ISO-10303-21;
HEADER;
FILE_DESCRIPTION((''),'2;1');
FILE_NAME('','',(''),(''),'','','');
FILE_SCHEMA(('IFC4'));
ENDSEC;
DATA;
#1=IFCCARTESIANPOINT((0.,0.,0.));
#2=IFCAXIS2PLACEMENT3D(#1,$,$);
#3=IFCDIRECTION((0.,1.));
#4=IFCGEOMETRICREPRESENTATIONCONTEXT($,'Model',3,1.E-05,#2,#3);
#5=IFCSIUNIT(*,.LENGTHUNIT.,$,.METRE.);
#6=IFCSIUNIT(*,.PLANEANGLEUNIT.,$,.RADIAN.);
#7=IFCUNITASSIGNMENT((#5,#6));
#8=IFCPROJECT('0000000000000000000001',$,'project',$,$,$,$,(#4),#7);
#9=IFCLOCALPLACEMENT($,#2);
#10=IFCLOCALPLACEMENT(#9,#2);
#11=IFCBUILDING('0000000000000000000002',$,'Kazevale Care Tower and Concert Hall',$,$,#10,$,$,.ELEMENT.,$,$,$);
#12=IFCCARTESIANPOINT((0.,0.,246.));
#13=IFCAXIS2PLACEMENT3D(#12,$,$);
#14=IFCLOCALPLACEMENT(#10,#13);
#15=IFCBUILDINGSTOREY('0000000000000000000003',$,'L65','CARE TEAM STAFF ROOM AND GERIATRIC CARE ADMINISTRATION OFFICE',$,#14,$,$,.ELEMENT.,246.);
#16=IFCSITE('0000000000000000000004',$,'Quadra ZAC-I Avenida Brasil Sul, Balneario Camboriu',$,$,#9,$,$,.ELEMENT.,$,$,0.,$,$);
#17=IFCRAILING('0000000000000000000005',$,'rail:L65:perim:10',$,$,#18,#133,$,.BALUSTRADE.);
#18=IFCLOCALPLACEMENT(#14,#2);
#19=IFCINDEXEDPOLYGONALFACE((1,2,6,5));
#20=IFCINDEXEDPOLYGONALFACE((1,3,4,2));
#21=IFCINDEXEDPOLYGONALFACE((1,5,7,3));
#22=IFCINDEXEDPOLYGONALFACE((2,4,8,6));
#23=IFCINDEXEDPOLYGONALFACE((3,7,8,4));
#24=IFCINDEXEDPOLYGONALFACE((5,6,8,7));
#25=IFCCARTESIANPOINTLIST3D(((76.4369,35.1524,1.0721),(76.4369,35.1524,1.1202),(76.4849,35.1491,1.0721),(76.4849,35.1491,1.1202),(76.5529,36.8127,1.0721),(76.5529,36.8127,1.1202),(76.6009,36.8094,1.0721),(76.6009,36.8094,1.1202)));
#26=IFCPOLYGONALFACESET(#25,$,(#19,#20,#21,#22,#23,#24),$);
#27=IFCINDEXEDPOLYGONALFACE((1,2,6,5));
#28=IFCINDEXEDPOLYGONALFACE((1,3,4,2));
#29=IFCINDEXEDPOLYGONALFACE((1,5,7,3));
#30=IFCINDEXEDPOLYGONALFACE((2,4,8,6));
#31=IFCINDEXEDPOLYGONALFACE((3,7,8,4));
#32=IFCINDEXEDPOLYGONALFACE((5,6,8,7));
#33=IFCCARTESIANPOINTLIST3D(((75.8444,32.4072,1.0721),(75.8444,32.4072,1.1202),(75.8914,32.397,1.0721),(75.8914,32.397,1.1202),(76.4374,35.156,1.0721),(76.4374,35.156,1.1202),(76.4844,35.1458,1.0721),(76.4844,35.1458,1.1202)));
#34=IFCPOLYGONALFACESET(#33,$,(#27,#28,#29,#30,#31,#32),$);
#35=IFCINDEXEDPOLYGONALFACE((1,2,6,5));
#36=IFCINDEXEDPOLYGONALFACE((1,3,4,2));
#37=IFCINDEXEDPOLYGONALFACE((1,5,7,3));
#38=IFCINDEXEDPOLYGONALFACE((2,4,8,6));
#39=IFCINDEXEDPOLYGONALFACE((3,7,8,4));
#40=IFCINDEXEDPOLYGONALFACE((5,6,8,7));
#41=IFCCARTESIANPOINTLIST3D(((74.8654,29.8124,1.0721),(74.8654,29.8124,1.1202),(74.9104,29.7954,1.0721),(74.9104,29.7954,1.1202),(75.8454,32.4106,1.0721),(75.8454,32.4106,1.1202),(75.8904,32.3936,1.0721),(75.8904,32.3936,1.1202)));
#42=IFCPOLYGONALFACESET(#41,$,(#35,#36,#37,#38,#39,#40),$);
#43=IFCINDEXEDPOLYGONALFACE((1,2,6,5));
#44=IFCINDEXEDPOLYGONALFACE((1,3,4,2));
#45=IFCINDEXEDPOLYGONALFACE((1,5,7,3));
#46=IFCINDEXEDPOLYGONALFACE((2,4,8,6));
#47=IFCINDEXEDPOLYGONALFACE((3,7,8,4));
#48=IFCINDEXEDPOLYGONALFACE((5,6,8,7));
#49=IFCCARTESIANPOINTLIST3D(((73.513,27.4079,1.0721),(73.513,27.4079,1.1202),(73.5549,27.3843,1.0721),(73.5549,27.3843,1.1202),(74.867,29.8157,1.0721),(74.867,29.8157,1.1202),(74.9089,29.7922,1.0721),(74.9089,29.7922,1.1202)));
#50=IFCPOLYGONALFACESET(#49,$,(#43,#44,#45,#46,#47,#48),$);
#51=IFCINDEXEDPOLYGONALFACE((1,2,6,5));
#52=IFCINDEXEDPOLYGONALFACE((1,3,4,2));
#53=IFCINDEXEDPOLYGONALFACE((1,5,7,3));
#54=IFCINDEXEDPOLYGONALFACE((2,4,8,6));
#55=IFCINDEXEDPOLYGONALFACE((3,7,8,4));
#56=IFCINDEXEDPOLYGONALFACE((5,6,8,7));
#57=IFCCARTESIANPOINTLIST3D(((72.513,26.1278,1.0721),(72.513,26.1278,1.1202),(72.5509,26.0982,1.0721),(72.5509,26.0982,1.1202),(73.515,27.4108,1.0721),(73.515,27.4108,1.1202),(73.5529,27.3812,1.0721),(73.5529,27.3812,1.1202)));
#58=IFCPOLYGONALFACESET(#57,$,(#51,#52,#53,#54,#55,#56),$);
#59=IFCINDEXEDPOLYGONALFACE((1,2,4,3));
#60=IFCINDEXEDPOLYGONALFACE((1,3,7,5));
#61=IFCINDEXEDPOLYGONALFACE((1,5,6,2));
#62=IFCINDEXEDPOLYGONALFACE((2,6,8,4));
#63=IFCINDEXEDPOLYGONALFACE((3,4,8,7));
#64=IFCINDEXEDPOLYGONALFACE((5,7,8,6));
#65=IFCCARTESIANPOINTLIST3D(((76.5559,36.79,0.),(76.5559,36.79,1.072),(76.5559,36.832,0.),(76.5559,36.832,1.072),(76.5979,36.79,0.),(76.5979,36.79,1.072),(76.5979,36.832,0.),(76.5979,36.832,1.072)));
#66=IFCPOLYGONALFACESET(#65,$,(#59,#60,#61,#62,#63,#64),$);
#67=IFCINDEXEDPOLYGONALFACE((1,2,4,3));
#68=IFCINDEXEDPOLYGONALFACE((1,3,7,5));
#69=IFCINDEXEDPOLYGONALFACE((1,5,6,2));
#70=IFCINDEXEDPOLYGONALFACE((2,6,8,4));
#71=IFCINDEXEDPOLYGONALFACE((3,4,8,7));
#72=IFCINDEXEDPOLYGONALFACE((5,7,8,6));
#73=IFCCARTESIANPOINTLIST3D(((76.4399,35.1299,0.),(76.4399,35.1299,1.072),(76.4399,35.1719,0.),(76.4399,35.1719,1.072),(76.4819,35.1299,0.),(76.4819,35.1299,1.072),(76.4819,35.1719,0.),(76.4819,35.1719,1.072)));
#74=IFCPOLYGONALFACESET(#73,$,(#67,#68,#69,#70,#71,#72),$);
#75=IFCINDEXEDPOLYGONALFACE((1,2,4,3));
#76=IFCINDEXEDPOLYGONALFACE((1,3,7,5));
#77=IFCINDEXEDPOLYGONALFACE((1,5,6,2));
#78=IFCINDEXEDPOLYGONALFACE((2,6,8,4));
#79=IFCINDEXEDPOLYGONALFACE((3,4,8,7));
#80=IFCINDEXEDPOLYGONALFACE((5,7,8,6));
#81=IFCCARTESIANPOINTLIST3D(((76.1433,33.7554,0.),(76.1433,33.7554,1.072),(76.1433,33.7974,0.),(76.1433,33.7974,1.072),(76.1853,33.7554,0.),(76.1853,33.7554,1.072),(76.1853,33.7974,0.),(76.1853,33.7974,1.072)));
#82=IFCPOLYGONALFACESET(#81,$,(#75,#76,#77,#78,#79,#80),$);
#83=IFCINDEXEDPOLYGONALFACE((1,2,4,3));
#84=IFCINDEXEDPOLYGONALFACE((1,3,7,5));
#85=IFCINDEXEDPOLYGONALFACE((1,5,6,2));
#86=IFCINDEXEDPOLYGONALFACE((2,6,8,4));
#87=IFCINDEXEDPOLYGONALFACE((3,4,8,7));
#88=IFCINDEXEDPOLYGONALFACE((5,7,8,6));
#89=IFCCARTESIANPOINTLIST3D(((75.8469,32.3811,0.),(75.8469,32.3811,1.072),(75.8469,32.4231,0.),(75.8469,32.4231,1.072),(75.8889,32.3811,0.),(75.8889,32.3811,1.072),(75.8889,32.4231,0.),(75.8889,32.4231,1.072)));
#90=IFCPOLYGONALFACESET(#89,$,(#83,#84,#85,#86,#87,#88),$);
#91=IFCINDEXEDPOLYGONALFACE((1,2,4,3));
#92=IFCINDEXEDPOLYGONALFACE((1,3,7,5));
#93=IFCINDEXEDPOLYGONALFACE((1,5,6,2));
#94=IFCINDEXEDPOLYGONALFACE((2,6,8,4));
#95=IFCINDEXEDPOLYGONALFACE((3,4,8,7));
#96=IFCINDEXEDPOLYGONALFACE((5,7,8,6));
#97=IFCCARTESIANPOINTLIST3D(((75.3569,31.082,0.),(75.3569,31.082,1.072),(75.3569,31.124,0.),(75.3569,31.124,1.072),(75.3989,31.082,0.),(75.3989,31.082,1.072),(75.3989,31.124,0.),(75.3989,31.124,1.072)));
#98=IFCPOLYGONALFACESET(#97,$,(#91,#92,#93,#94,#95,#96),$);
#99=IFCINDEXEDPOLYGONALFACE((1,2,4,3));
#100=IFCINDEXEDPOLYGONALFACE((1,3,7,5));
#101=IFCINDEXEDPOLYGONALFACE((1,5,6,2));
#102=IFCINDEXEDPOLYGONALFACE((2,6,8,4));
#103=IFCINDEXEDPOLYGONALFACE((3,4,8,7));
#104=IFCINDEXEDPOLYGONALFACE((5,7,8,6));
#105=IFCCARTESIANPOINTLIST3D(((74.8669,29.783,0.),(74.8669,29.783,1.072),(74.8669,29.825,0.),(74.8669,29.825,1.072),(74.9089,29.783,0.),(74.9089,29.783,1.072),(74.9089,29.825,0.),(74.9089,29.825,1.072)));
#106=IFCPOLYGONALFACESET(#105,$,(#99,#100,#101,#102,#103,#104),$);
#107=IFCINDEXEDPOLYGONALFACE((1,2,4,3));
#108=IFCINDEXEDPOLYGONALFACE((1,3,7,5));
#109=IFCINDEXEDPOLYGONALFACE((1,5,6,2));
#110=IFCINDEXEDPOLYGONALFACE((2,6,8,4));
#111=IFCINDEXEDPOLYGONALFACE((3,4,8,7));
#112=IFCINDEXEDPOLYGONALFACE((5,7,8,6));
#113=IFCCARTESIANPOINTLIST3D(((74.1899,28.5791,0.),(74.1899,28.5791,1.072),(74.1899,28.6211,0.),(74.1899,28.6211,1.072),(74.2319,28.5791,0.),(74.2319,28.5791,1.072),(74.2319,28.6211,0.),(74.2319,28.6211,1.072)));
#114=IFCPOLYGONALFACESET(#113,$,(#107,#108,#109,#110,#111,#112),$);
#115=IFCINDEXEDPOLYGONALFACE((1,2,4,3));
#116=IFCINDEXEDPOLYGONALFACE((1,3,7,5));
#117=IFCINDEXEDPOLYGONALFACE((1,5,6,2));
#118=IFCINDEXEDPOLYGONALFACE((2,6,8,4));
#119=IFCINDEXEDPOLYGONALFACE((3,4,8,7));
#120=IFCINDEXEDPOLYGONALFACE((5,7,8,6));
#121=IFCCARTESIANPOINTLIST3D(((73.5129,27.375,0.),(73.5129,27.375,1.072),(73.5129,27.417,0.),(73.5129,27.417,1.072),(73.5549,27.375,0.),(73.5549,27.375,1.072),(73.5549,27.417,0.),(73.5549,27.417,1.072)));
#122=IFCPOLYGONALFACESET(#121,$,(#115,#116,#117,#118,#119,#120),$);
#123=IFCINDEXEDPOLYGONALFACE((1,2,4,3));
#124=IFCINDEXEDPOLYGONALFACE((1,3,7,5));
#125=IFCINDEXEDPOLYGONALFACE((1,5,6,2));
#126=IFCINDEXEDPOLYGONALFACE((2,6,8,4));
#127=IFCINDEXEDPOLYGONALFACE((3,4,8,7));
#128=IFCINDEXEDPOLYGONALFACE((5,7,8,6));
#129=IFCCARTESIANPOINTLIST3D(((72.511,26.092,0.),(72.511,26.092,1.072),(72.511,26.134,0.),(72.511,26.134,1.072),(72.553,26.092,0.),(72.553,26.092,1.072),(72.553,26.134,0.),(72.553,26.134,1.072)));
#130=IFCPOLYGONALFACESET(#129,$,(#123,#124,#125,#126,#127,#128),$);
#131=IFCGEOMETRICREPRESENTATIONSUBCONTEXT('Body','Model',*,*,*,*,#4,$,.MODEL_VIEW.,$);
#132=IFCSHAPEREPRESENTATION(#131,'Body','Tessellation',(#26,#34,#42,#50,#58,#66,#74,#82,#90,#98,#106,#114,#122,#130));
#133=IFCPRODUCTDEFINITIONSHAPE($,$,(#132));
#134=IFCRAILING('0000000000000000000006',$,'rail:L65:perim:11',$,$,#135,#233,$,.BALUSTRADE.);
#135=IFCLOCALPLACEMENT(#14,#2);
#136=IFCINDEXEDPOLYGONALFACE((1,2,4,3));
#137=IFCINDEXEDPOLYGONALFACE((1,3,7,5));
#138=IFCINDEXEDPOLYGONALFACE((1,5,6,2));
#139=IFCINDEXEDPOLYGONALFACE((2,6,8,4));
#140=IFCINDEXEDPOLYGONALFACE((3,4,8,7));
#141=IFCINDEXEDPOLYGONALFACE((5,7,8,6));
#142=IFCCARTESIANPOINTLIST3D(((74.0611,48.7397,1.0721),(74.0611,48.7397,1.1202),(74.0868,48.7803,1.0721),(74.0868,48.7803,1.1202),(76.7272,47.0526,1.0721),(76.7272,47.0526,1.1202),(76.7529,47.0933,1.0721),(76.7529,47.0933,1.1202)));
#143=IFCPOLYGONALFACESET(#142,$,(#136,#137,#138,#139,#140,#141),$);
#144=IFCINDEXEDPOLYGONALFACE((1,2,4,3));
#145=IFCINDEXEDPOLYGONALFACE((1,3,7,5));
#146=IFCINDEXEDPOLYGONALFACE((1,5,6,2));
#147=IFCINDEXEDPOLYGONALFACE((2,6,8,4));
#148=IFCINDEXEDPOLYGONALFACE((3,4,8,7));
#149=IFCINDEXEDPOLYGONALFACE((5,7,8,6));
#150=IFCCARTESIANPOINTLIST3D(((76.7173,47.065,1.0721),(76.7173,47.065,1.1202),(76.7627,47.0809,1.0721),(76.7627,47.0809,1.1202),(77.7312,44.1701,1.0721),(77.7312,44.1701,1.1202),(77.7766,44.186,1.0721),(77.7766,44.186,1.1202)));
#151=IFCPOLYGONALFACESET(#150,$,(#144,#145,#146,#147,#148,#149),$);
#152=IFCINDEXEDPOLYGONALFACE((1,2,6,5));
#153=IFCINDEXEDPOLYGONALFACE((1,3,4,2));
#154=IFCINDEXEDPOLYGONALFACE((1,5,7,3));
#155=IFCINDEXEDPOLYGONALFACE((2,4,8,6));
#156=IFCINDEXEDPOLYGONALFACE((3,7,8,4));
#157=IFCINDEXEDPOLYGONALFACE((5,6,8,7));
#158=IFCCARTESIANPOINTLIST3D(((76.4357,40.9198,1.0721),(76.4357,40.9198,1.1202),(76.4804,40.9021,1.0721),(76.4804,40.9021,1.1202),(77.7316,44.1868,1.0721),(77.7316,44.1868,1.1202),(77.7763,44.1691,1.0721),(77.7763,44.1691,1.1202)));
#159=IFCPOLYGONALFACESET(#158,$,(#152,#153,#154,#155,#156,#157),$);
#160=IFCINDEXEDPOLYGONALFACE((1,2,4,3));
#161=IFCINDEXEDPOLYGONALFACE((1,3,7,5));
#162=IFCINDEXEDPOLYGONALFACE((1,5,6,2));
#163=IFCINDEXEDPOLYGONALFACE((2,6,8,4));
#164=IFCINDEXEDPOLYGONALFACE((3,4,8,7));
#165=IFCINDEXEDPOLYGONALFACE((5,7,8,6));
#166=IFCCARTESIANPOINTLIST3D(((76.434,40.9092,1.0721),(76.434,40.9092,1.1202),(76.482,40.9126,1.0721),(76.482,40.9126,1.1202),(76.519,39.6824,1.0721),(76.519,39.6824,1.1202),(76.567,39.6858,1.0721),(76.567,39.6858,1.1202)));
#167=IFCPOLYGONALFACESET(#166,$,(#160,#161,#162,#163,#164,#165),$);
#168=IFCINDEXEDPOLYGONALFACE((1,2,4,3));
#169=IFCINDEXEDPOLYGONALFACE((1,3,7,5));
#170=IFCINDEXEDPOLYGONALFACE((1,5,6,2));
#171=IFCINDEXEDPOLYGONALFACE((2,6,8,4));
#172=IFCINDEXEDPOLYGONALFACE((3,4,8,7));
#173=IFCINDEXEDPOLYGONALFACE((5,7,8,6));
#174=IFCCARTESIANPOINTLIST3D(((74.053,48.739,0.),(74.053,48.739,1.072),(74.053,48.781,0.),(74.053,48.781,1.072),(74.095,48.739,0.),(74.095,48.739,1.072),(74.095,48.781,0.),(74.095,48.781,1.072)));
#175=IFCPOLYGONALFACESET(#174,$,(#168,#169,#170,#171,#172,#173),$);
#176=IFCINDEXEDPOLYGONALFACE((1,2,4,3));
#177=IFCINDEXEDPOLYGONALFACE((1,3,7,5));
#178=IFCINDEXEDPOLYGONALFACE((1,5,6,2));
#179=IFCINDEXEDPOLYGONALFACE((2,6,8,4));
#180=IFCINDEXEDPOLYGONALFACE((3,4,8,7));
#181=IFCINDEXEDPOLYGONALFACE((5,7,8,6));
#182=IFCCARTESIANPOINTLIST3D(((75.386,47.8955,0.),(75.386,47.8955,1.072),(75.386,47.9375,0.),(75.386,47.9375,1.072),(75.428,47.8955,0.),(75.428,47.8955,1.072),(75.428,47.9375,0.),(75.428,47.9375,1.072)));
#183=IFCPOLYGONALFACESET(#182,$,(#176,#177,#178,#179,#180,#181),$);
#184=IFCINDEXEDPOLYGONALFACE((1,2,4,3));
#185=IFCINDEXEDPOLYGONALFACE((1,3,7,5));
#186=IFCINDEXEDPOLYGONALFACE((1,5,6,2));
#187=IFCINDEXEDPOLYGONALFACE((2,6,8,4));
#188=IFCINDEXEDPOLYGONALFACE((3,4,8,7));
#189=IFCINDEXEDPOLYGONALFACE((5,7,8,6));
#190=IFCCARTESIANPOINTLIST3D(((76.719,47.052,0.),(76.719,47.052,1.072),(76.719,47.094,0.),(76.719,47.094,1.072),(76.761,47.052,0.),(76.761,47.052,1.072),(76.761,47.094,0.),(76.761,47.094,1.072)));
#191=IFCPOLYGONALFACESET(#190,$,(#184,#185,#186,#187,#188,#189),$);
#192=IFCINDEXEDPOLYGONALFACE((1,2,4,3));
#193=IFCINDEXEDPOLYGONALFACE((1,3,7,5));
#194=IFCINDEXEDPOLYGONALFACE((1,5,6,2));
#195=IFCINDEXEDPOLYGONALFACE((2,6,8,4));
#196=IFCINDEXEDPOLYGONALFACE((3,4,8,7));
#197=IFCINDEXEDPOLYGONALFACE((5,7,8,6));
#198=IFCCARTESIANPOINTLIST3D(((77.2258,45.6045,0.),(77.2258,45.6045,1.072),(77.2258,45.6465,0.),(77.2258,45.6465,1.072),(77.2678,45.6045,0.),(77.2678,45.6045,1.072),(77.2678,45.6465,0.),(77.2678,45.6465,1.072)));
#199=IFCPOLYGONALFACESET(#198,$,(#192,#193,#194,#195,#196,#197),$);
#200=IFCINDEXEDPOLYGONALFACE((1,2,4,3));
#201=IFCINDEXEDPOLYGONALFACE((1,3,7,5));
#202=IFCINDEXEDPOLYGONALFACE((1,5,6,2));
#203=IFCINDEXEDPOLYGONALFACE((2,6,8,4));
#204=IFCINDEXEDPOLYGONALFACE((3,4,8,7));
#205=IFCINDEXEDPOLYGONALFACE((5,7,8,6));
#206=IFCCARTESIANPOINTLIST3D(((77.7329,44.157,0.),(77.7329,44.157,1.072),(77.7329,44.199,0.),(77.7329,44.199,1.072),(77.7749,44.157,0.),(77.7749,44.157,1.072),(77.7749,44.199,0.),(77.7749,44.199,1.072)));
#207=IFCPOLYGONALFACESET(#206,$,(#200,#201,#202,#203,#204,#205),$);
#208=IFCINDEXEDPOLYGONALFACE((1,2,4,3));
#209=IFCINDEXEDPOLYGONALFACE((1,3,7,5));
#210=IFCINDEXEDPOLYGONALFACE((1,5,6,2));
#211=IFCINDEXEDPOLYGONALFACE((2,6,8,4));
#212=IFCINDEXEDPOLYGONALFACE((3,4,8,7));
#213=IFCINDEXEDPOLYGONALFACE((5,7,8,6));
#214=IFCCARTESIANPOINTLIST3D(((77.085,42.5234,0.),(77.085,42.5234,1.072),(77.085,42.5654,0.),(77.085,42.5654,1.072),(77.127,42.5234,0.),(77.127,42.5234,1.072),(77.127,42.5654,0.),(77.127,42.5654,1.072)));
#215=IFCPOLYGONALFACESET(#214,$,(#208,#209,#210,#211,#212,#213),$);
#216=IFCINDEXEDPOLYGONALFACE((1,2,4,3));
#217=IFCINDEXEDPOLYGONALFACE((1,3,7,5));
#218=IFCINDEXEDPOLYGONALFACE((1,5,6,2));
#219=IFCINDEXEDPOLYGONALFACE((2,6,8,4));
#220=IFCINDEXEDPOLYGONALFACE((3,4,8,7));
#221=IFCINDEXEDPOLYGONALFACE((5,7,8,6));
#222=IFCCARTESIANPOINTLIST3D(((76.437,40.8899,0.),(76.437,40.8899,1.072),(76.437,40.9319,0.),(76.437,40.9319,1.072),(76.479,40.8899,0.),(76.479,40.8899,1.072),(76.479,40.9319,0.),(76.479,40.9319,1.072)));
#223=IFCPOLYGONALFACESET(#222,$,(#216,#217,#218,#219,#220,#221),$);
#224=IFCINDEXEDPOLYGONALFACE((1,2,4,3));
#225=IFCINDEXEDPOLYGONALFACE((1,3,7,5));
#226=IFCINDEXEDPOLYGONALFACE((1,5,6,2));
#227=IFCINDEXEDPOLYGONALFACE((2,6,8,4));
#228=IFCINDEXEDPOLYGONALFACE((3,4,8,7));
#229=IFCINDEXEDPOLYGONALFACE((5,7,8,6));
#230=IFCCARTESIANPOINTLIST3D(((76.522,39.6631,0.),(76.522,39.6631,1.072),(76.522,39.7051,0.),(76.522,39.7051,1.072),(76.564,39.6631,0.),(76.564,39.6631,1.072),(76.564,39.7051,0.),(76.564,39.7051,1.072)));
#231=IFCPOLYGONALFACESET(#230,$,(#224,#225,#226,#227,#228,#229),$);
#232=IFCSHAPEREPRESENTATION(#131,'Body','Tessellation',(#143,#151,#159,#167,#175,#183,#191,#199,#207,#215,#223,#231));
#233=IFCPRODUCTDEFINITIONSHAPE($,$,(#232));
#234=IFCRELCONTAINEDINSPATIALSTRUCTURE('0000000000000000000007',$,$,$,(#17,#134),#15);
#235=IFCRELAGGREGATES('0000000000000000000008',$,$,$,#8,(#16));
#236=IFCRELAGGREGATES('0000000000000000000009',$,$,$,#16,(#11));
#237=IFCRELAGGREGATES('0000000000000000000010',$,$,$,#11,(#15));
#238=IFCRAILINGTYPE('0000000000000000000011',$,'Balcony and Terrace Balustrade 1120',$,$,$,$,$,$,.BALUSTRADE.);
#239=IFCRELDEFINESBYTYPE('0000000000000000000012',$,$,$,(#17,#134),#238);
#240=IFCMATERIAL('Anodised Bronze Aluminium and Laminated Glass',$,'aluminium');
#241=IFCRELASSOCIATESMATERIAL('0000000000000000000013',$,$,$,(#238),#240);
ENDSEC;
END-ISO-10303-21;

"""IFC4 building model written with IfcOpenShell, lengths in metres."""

from ifc_helpers import new_model, si_unit, direction, frame, origin, origin_2d, place, context, subcontext, project, spatial, rectangle, extrude, material, type_object, element, save


model = new_model("IFC4")

# Units and contexts
model_context = context("Model", 3, precision=1e-05, world=origin(), true_north=direction((0.0, 1.0)))
body_context = subcontext(model_context, "Body", "Model", "MODEL_VIEW")
ifc_project = project(units=[si_unit("LENGTHUNIT", "METRE"), si_unit("PLANEANGLEUNIT", "RADIAN")], contexts=[model_context])

# Site, building, storey
site_placement = place(None, origin())
site = spatial("IfcSite", under=ifc_project, at=site_placement, Name="Quadra ZAC-I Avenida Brasil Sul, Balneario Camboriu", CompositionType="ELEMENT", RefElevation=0.0)
building_placement = place(site_placement, origin())
building = spatial("IfcBuilding", under=site, at=building_placement, Name="Kazevale Care Tower and Concert Hall", CompositionType="ELEMENT")
storey_placement = place(building_placement, frame((0.0, 0.0, 246.0)))
storey = spatial("IfcBuildingStorey", under=building, at=storey_placement, Name="L65", Description="CARE TEAM STAFF ROOM AND GERIATRIC CARE ADMINISTRATION OFFICE", CompositionType="ELEMENT", Elevation=246.0)

# Railings
ifc_material_1 = material(Name="Anodised Bronze Aluminium and Laminated Glass", Category="aluminium")
railing_type = type_object("IfcRailingType", Name="Balcony and Terrace Balustrade 1120", PredefinedType="BALUSTRADE", material=ifc_material_1)
railing_1_placement = place(storey_placement, frame((76.5769, 36.811, 0.0)))
element("IfcRailing", 1, at=railing_1_placement, inside=storey, type_object=railing_type, Name="rail:L65:perim:10", PredefinedType="BALUSTRADE", context=body_context, shape_type="SweptSolid", body=[
    extrude(rectangle(XDim=0.0481, YDim=0.0481, at=origin_2d()), frame((0.0, 0.0, 1.0962), z_axis=(-0.069683, -0.997569, 0.0), x_axis=(0.997569, -0.069683, 0.0)), (0.0, 0.0, 1.0), 1.6643),
    extrude(rectangle(XDim=0.0481, YDim=0.0481, at=origin_2d()), frame((-0.116, -1.6602, 1.0962), z_axis=(-0.210887, -0.977511, 0.0), x_axis=(0.977511, -0.210887, 0.0)), (0.0, 0.0, 1.0), 2.812),
    extrude(rectangle(XDim=0.0481, YDim=0.0481, at=origin_2d()), frame((-0.709, -4.4089, 1.0962), z_axis=(-0.352915, -0.935655, 0.0), x_axis=(0.935655, -0.352915, 0.0)), (0.0, 0.0, 1.0), 2.7769),
    extrude(rectangle(XDim=0.0481, YDim=0.0481, at=origin_2d()), frame((-1.689, -7.0071, 1.0962), z_axis=(-0.490131, -0.871649, 0.0), x_axis=(0.871649, -0.490131, 0.0)), (0.0, 0.0, 1.0), 2.7625),
    extrude(rectangle(XDim=0.0481, YDim=0.0481, at=origin_2d()), frame((-3.043, -9.415, 1.0962), z_axis=(-0.615507, -0.788131, 0.0), x_axis=(0.788131, -0.615507, 0.0)), (0.0, 0.0, 1.0), 1.6279),
    extrude(rectangle(XDim=0.042, YDim=0.042, at=origin_2d()), origin(), (0.0, 0.0, 1.0), 1.072),
    extrude(rectangle(XDim=0.042, YDim=0.042, at=origin_2d()), frame((-0.116, -1.6602, 0.0)), (0.0, 0.0, 1.0), 1.072),
    extrude(rectangle(XDim=0.042, YDim=0.042, at=origin_2d()), frame((-0.4126, -3.0347, 0.0)), (0.0, 0.0, 1.0), 1.072),
    extrude(rectangle(XDim=0.042, YDim=0.042, at=origin_2d()), frame((-0.709, -4.4089, 0.0)), (0.0, 0.0, 1.0), 1.072),
    extrude(rectangle(XDim=0.042, YDim=0.042, at=origin_2d()), frame((-1.199, -5.708, 0.0)), (0.0, 0.0, 1.0), 1.072),
    extrude(rectangle(XDim=0.042, YDim=0.042, at=origin_2d()), frame((-1.689, -7.0071, 0.0)), (0.0, 0.0, 1.0), 1.072),
    extrude(rectangle(XDim=0.042, YDim=0.042, at=origin_2d()), frame((-2.366, -8.2109, 0.0)), (0.0, 0.0, 1.0), 1.072),
    extrude(rectangle(XDim=0.042, YDim=0.042, at=origin_2d()), frame((-3.043, -9.415, 0.0)), (0.0, 0.0, 1.0), 1.072),
    extrude(rectangle(XDim=0.042, YDim=0.042, at=origin_2d()), frame((-4.0449, -10.698, 0.0)), (0.0, 0.0, 1.0), 1.072),
])
railing_2_placement = place(storey_placement, frame((74.074, 48.76, 0.0)))
element("IfcRailing", 2, at=railing_2_placement, inside=storey, type_object=railing_type, Name="rail:L65:perim:11", PredefinedType="BALUSTRADE", context=body_context, shape_type="SweptSolid", body=[
    extrude(rectangle(XDim=0.0481, YDim=0.0481, at=origin_2d()), frame((0.0, 0.0, 1.0962), z_axis=(0.845029, -0.534721, 0.0), x_axis=(0.534721, 0.845029, 0.0)), (0.0, 0.0, 1.0), 3.155),
    extrude(rectangle(XDim=0.0481, YDim=0.0481, at=origin_2d()), frame((2.666, -1.687, 1.0962), z_axis=(0.330542, -0.943791, 0.0), x_axis=(0.943791, 0.330542, 0.0)), (0.0, 0.0, 1.0), 3.0674),
    extrude(rectangle(XDim=0.0481, YDim=0.0481, at=origin_2d()), frame((3.6799, -4.582, 1.0962), z_axis=(-0.368706, -0.929546, 0.0), x_axis=(0.929546, -0.368706, 0.0)), (0.0, 0.0, 1.0), 3.5146),
    extrude(rectangle(XDim=0.0481, YDim=0.0481, at=origin_2d()), frame((2.384, -7.8491, 1.0962), z_axis=(0.069088, -0.997611, 0.0), x_axis=(0.997611, 0.069088, 0.0)), (0.0, 0.0, 1.0), 1.2297),
    extrude(rectangle(XDim=0.042, YDim=0.042, at=origin_2d()), origin(), (0.0, 0.0, 1.0), 1.072),
    extrude(rectangle(XDim=0.042, YDim=0.042, at=origin_2d()), frame((1.333, -0.8435, 0.0)), (0.0, 0.0, 1.0), 1.072),
    extrude(rectangle(XDim=0.042, YDim=0.042, at=origin_2d()), frame((2.666, -1.687, 0.0)), (0.0, 0.0, 1.0), 1.072),
    extrude(rectangle(XDim=0.042, YDim=0.042, at=origin_2d()), frame((3.1729, -3.1345, 0.0)), (0.0, 0.0, 1.0), 1.072),
    extrude(rectangle(XDim=0.042, YDim=0.042, at=origin_2d()), frame((3.6799, -4.582, 0.0)), (0.0, 0.0, 1.0), 1.072),
    extrude(rectangle(XDim=0.042, YDim=0.042, at=origin_2d()), frame((3.032, -6.2156, 0.0)), (0.0, 0.0, 1.0), 1.072),
    extrude(rectangle(XDim=0.042, YDim=0.042, at=origin_2d()), frame((2.384, -7.8491, 0.0)), (0.0, 0.0, 1.0), 1.072),
    extrude(rectangle(XDim=0.042, YDim=0.042, at=origin_2d()), frame((2.469, -9.0759, 0.0)), (0.0, 0.0, 1.0), 1.072),
])

save(model, "model.ifc")
